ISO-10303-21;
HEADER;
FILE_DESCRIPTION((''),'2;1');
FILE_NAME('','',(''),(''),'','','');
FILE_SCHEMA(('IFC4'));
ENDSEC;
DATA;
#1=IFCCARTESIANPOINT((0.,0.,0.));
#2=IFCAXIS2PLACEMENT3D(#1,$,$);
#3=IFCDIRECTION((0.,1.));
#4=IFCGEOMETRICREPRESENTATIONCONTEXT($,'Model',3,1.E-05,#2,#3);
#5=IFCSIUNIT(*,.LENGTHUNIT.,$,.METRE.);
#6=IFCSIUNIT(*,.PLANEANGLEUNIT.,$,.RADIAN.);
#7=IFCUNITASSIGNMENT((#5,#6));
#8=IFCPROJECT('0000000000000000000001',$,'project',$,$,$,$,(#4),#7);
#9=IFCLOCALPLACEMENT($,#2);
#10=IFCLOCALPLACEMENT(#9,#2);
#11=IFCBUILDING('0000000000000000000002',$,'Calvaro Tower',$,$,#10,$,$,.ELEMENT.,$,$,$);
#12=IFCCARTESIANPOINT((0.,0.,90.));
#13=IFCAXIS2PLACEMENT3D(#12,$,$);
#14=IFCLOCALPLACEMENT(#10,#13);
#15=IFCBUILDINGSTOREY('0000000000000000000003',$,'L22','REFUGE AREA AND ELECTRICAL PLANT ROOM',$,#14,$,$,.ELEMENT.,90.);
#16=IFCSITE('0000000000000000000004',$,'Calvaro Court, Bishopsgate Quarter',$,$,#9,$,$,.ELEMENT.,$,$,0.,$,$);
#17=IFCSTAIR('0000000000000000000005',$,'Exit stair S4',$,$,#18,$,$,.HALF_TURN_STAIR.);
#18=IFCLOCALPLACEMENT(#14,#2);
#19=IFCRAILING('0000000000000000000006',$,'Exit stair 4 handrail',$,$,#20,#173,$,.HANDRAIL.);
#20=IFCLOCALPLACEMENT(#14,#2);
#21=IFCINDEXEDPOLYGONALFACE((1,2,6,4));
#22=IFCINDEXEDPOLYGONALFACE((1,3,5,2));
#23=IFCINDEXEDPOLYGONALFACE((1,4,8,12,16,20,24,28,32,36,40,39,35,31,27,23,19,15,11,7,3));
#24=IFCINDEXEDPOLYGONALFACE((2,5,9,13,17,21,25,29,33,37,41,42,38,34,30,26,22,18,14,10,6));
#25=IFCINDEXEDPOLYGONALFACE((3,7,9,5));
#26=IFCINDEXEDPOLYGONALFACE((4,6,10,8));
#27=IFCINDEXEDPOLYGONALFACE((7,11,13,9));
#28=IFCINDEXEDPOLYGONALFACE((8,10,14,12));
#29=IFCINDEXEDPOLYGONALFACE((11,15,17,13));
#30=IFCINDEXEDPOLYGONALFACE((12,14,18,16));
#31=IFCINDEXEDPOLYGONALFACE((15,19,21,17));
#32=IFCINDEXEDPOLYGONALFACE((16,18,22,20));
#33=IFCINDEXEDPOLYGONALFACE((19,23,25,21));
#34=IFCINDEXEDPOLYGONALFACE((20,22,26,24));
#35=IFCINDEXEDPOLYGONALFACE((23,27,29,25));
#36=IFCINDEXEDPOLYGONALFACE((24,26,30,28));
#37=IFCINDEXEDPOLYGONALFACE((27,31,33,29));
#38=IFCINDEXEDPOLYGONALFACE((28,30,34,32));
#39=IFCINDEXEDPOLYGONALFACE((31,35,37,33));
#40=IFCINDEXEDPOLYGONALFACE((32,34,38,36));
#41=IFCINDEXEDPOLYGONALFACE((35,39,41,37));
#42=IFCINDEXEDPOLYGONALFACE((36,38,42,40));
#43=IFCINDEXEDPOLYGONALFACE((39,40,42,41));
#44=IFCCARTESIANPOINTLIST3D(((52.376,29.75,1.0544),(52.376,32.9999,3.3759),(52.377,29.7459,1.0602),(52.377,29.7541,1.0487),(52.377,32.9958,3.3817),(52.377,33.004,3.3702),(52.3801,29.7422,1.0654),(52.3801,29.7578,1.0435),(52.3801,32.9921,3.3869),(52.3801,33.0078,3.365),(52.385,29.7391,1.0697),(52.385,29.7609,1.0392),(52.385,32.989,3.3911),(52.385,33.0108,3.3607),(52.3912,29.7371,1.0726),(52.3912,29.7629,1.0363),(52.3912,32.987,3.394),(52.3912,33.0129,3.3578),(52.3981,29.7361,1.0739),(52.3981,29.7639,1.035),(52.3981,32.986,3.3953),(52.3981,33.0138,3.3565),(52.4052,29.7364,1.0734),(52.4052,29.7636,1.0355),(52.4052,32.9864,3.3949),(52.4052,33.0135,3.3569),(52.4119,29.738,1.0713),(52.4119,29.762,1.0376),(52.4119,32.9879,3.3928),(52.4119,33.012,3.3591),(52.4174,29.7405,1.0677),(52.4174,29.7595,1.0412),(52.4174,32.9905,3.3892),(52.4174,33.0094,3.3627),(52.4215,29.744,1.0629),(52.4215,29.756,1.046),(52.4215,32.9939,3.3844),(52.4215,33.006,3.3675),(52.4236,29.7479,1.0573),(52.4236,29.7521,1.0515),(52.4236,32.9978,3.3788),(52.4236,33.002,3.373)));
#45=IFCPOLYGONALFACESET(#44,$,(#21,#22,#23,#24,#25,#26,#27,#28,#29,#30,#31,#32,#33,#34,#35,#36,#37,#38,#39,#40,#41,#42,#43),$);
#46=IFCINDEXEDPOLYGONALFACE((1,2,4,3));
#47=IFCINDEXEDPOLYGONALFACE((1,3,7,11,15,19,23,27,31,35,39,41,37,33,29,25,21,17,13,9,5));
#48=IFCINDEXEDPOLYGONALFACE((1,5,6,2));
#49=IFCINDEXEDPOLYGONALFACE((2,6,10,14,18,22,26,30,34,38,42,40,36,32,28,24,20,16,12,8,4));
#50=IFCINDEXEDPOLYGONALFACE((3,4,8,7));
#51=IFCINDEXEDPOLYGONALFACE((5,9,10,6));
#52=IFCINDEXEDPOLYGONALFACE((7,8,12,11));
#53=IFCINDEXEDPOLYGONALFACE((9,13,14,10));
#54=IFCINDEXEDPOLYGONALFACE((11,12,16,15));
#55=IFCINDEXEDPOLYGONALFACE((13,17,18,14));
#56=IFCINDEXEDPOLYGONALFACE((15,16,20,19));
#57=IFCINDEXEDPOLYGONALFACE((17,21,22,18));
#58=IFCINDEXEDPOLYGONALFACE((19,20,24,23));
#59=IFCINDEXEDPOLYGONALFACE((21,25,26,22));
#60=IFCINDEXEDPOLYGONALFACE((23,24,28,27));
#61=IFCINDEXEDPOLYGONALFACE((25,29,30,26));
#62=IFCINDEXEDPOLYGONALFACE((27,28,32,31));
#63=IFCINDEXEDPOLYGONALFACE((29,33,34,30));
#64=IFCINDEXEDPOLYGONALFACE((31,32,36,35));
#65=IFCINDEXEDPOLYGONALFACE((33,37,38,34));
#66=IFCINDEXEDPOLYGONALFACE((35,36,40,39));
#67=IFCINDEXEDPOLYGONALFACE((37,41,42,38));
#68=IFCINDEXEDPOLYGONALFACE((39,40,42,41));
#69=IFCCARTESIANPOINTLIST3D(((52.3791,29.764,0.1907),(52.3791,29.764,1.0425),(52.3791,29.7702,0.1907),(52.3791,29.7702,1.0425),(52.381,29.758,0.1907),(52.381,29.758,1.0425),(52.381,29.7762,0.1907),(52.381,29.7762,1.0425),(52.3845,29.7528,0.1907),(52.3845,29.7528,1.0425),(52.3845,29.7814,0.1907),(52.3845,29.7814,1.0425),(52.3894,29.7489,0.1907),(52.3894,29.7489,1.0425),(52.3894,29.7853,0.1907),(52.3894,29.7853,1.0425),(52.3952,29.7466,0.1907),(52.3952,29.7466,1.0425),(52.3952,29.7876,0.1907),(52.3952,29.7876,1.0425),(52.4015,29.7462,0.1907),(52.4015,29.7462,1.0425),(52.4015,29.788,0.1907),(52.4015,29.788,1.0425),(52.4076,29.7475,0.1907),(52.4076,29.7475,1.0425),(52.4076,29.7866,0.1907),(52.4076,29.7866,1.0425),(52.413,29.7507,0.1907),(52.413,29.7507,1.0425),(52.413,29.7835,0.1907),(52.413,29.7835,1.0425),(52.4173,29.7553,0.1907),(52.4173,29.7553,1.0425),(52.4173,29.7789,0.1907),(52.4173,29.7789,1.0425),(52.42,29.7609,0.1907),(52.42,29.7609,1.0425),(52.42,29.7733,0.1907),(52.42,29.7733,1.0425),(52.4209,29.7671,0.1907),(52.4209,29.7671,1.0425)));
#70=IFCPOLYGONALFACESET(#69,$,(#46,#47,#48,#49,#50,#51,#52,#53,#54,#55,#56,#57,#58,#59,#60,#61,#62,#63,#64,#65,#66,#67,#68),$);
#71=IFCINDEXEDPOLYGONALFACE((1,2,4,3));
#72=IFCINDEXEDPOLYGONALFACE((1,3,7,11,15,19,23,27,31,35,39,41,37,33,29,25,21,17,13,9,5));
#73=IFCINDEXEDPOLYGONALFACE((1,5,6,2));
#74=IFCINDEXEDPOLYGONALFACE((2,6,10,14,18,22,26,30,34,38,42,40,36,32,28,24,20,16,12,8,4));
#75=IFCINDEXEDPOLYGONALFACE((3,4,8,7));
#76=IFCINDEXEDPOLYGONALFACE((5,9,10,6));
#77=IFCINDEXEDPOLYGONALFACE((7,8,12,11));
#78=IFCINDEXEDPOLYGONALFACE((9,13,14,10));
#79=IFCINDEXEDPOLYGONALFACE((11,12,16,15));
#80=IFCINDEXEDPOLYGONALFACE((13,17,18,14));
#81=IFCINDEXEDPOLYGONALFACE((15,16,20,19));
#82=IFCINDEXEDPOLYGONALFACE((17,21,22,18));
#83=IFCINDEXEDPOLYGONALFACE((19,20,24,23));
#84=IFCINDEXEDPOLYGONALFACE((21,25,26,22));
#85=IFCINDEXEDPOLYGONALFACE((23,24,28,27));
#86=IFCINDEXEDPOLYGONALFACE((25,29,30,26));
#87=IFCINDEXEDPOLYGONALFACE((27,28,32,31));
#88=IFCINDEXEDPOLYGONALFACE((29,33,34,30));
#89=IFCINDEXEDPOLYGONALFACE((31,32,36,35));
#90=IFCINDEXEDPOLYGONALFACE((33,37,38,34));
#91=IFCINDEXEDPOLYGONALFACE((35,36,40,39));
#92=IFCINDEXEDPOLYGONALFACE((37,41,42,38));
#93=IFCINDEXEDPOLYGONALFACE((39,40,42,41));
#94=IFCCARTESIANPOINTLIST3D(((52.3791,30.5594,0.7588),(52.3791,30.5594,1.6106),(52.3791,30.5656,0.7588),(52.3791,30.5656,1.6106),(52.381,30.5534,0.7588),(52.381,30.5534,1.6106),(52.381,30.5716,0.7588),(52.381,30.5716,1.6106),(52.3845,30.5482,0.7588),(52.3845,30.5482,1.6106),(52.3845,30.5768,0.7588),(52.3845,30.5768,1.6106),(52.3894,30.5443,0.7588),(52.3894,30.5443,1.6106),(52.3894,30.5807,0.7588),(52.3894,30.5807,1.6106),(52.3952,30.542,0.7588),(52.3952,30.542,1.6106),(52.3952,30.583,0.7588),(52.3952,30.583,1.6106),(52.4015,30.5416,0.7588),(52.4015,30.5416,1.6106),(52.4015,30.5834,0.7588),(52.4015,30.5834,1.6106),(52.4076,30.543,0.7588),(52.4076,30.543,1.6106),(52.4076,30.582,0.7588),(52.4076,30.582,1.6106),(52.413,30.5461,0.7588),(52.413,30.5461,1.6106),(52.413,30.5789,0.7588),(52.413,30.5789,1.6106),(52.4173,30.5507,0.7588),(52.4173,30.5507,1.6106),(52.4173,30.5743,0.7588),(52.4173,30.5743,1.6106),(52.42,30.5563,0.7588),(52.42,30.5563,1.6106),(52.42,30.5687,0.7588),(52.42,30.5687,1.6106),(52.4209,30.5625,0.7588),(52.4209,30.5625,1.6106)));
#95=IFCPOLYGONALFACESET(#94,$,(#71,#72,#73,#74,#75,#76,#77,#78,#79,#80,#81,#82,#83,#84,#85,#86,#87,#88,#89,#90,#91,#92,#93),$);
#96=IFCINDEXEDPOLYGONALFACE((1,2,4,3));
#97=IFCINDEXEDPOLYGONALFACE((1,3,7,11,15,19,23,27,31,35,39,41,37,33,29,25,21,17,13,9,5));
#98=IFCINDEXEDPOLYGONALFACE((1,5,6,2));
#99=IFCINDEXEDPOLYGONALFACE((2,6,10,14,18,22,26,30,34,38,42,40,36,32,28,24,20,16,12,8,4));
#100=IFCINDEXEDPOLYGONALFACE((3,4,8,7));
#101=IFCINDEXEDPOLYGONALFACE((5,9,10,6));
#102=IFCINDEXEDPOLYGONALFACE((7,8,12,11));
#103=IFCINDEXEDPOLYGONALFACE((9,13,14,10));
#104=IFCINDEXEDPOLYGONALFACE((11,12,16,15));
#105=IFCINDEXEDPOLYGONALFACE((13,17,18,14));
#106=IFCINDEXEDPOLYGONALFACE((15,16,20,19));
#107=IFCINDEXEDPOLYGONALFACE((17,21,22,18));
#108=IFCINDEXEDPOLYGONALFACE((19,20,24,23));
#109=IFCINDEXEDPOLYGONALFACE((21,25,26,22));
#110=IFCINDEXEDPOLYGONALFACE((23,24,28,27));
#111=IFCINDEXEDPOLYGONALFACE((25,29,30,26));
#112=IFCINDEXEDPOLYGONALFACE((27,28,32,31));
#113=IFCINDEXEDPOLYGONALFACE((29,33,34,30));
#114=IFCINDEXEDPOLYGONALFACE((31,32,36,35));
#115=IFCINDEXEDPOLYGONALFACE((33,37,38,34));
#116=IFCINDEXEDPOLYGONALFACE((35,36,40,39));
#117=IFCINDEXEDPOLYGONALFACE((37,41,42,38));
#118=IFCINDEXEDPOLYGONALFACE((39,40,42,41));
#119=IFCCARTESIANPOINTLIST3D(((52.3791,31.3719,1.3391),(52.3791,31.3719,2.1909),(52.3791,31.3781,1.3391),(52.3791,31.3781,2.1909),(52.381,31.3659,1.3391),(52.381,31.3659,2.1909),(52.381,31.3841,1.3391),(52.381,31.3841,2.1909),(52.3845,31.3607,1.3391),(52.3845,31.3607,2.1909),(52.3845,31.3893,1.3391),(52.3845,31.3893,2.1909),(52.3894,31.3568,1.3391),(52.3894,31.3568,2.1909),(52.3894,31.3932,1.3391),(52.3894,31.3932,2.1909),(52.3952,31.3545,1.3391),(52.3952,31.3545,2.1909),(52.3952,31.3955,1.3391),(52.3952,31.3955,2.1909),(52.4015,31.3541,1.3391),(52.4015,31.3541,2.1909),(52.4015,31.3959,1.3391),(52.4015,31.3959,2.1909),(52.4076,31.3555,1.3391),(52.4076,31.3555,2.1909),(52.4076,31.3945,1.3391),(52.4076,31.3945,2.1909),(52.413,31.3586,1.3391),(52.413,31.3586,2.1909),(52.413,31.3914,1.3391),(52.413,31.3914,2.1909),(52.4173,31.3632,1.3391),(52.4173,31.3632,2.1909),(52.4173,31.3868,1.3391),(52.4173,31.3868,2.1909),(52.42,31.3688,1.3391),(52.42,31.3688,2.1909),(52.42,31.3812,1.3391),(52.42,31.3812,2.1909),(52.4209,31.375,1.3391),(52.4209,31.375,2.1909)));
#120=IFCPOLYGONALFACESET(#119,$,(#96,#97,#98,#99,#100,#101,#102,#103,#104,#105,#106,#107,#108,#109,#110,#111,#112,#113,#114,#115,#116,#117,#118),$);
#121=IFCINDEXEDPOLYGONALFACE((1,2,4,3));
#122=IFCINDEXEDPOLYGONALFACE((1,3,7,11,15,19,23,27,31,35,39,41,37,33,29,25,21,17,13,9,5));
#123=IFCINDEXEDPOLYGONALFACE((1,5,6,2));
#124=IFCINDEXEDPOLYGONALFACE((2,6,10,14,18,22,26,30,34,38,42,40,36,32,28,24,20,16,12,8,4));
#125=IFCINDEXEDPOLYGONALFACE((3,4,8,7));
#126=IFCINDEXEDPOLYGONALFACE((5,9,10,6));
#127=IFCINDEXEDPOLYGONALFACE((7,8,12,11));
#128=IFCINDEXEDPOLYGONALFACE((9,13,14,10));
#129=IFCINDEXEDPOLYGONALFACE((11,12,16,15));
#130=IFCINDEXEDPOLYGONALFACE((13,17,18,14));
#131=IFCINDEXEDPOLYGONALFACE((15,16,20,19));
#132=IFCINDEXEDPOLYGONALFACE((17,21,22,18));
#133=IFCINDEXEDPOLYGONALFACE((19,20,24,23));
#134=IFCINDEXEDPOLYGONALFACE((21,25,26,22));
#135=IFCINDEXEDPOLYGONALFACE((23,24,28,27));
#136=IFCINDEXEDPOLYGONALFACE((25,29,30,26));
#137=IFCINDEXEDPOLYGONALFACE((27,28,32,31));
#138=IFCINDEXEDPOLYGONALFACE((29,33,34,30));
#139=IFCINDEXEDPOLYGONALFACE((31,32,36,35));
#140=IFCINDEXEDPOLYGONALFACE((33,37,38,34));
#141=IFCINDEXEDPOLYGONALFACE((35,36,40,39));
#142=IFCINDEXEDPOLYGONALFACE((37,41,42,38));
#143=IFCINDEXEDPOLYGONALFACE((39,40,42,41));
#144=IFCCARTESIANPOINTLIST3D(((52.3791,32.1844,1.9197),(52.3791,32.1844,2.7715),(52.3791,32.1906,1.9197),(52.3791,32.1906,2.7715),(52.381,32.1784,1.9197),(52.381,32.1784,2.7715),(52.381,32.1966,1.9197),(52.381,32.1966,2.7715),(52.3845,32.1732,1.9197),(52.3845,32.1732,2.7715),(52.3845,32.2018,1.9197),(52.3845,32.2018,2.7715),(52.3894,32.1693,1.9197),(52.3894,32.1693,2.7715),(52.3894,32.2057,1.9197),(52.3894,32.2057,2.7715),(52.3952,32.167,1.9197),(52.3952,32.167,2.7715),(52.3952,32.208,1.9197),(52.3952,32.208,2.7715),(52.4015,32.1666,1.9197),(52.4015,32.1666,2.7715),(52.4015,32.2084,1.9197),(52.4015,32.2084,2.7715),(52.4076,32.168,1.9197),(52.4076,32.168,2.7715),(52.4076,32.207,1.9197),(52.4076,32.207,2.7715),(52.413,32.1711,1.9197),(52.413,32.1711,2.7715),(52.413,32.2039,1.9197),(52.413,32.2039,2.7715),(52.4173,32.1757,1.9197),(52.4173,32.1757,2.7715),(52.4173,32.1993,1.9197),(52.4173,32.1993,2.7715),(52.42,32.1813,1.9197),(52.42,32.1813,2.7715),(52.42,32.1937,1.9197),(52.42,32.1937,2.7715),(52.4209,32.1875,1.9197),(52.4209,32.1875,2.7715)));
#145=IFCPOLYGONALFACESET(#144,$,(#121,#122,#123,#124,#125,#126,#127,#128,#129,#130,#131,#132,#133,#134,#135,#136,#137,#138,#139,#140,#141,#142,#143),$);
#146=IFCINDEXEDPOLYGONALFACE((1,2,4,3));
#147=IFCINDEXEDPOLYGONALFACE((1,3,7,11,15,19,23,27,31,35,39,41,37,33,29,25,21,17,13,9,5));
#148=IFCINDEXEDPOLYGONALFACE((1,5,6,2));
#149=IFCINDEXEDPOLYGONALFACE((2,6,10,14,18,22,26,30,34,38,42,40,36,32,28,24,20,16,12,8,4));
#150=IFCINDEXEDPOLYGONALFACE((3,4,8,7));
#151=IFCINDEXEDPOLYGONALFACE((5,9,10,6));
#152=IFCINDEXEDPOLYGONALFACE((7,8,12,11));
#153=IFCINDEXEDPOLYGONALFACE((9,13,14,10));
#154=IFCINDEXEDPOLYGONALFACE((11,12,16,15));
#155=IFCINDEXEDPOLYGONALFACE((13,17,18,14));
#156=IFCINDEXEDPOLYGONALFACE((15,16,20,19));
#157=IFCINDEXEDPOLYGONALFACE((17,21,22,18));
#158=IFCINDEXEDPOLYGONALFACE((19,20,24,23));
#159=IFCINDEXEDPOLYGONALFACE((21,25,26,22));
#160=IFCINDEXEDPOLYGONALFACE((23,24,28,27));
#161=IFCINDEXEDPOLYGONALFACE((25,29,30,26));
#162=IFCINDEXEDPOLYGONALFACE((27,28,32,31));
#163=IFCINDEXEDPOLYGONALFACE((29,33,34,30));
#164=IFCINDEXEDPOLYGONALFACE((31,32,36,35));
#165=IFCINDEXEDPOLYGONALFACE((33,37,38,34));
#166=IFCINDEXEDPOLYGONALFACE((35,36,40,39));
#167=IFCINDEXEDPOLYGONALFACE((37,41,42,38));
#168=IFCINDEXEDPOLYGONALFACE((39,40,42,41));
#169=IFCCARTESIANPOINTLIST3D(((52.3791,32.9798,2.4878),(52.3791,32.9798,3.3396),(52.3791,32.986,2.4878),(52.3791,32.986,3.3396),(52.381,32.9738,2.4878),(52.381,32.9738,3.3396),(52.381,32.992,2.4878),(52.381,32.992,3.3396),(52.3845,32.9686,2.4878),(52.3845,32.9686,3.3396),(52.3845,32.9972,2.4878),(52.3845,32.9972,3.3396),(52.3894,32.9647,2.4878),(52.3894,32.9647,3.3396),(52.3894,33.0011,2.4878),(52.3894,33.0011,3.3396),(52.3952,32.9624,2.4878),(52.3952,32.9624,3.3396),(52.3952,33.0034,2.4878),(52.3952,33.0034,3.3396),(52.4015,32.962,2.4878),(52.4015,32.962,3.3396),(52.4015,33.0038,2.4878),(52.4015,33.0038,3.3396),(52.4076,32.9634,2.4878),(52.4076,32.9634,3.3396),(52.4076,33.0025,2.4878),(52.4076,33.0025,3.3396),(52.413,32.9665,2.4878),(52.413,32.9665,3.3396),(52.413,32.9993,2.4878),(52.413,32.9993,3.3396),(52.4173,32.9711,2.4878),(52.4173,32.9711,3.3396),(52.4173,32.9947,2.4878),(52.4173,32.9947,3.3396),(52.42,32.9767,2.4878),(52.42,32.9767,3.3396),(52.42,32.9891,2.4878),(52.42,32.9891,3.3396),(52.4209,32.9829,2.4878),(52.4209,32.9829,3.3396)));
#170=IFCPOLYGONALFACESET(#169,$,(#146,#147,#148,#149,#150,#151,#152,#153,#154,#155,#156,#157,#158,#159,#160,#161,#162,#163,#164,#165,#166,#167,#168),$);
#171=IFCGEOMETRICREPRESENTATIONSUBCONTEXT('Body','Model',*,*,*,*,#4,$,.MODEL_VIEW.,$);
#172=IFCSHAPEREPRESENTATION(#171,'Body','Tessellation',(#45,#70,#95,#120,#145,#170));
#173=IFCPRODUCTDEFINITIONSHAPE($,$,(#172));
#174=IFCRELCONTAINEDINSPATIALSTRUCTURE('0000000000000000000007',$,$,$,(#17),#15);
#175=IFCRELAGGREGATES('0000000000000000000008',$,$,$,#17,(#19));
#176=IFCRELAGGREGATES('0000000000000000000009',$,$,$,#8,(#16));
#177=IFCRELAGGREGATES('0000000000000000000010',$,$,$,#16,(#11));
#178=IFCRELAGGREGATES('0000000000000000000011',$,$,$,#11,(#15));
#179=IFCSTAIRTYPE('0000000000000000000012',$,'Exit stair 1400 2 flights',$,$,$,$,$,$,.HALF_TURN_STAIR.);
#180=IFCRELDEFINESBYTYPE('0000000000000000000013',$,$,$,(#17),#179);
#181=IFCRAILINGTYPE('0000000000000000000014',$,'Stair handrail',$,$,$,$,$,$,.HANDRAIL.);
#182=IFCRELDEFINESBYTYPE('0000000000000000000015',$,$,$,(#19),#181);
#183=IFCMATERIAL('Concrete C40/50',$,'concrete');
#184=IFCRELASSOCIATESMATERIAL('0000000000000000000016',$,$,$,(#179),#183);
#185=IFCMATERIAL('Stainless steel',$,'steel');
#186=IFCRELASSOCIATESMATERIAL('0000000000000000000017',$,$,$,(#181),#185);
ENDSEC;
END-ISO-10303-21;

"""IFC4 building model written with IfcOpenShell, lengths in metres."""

from ifc_helpers import new_model, si_unit, direction, frame, origin, origin_2d, place, context, subcontext, project, spatial, circle, extrude, material, type_object, element, aggregate, save


model = new_model("IFC4")

# Units and contexts
model_context = context("Model", 3, precision=1e-05, world=origin(), true_north=direction((0.0, 1.0)))
body_context = subcontext(model_context, "Body", "Model", "MODEL_VIEW")
ifc_project = project(units=[si_unit("LENGTHUNIT", "METRE"), si_unit("PLANEANGLEUNIT", "RADIAN")], contexts=[model_context])

# Site, building, storey
site_placement = place(None, origin())
site = spatial("IfcSite", under=ifc_project, at=site_placement, Name="Calvaro Court, Bishopsgate Quarter", CompositionType="ELEMENT", RefElevation=0.0)
building_placement = place(site_placement, origin())
building = spatial("IfcBuilding", under=site, at=building_placement, Name="Calvaro Tower", CompositionType="ELEMENT")
storey_placement = place(building_placement, frame((0.0, 0.0, 90.0)))
storey = spatial("IfcBuildingStorey", under=building, at=storey_placement, Name="L22", Description="REFUGE AREA AND ELECTRICAL PLANT ROOM", CompositionType="ELEMENT", Elevation=90.0)

# Shared definitions
ifc_material_1 = material(Name="Concrete C40/50", Category="concrete")
stair_type = type_object("IfcStairType", Name="Exit stair 1400 2 flights", PredefinedType="HALF_TURN_STAIR", material=ifc_material_1)

# Stair
stair_1_placement = place(storey_placement, origin())
stair_1 = element("IfcStair", 1, at=stair_1_placement, inside=storey, type_object=stair_type, Name="Exit stair S4", PredefinedType="HALF_TURN_STAIR")

# Railing
ifc_material_2 = material(Name="Stainless steel", Category="steel")
railing_type = type_object("IfcRailingType", Name="Stair handrail", PredefinedType="HANDRAIL", material=ifc_material_2)
railing_1_placement = place(storey_placement, frame((52.3999, 29.75, 0.1785)))
railing_1 = element("IfcRailing", 2, at=railing_1_placement, type_object=railing_type, Name="Exit stair 4 handrail", PredefinedType="HANDRAIL", context=body_context, shape_type="SweptSolid", body=[
    extrude(circle(Radius=0.0239, at=origin_2d()), frame((0.0, 0.0, 0.876), z_axis=(0.0, 0.813721, 0.581256), x_axis=(-1.0, 0.0, 0.0)), (0.0, 0.0, 1.0), 3.9939),
    extrude(circle(Radius=0.021, at=origin_2d()), frame((0.0, 0.0171, 0.0122)), (0.0, 0.0, 1.0), 0.8518),
    extrude(circle(Radius=0.021, at=origin_2d()), frame((0.0, 0.8125, 0.5803)), (0.0, 0.0, 1.0), 0.8518),
    extrude(circle(Radius=0.021, at=origin_2d()), frame((0.0, 1.625, 1.1606)), (0.0, 0.0, 1.0), 0.8518),
    extrude(circle(Radius=0.021, at=origin_2d()), frame((0.0, 2.4375, 1.7412)), (0.0, 0.0, 1.0), 0.8518),
    extrude(circle(Radius=0.021, at=origin_2d()), frame((0.0, 3.2329, 2.3093)), (0.0, 0.0, 1.0), 0.8518),
])
aggregate(stair_1, [railing_1])

save(model, "model.ifc")
